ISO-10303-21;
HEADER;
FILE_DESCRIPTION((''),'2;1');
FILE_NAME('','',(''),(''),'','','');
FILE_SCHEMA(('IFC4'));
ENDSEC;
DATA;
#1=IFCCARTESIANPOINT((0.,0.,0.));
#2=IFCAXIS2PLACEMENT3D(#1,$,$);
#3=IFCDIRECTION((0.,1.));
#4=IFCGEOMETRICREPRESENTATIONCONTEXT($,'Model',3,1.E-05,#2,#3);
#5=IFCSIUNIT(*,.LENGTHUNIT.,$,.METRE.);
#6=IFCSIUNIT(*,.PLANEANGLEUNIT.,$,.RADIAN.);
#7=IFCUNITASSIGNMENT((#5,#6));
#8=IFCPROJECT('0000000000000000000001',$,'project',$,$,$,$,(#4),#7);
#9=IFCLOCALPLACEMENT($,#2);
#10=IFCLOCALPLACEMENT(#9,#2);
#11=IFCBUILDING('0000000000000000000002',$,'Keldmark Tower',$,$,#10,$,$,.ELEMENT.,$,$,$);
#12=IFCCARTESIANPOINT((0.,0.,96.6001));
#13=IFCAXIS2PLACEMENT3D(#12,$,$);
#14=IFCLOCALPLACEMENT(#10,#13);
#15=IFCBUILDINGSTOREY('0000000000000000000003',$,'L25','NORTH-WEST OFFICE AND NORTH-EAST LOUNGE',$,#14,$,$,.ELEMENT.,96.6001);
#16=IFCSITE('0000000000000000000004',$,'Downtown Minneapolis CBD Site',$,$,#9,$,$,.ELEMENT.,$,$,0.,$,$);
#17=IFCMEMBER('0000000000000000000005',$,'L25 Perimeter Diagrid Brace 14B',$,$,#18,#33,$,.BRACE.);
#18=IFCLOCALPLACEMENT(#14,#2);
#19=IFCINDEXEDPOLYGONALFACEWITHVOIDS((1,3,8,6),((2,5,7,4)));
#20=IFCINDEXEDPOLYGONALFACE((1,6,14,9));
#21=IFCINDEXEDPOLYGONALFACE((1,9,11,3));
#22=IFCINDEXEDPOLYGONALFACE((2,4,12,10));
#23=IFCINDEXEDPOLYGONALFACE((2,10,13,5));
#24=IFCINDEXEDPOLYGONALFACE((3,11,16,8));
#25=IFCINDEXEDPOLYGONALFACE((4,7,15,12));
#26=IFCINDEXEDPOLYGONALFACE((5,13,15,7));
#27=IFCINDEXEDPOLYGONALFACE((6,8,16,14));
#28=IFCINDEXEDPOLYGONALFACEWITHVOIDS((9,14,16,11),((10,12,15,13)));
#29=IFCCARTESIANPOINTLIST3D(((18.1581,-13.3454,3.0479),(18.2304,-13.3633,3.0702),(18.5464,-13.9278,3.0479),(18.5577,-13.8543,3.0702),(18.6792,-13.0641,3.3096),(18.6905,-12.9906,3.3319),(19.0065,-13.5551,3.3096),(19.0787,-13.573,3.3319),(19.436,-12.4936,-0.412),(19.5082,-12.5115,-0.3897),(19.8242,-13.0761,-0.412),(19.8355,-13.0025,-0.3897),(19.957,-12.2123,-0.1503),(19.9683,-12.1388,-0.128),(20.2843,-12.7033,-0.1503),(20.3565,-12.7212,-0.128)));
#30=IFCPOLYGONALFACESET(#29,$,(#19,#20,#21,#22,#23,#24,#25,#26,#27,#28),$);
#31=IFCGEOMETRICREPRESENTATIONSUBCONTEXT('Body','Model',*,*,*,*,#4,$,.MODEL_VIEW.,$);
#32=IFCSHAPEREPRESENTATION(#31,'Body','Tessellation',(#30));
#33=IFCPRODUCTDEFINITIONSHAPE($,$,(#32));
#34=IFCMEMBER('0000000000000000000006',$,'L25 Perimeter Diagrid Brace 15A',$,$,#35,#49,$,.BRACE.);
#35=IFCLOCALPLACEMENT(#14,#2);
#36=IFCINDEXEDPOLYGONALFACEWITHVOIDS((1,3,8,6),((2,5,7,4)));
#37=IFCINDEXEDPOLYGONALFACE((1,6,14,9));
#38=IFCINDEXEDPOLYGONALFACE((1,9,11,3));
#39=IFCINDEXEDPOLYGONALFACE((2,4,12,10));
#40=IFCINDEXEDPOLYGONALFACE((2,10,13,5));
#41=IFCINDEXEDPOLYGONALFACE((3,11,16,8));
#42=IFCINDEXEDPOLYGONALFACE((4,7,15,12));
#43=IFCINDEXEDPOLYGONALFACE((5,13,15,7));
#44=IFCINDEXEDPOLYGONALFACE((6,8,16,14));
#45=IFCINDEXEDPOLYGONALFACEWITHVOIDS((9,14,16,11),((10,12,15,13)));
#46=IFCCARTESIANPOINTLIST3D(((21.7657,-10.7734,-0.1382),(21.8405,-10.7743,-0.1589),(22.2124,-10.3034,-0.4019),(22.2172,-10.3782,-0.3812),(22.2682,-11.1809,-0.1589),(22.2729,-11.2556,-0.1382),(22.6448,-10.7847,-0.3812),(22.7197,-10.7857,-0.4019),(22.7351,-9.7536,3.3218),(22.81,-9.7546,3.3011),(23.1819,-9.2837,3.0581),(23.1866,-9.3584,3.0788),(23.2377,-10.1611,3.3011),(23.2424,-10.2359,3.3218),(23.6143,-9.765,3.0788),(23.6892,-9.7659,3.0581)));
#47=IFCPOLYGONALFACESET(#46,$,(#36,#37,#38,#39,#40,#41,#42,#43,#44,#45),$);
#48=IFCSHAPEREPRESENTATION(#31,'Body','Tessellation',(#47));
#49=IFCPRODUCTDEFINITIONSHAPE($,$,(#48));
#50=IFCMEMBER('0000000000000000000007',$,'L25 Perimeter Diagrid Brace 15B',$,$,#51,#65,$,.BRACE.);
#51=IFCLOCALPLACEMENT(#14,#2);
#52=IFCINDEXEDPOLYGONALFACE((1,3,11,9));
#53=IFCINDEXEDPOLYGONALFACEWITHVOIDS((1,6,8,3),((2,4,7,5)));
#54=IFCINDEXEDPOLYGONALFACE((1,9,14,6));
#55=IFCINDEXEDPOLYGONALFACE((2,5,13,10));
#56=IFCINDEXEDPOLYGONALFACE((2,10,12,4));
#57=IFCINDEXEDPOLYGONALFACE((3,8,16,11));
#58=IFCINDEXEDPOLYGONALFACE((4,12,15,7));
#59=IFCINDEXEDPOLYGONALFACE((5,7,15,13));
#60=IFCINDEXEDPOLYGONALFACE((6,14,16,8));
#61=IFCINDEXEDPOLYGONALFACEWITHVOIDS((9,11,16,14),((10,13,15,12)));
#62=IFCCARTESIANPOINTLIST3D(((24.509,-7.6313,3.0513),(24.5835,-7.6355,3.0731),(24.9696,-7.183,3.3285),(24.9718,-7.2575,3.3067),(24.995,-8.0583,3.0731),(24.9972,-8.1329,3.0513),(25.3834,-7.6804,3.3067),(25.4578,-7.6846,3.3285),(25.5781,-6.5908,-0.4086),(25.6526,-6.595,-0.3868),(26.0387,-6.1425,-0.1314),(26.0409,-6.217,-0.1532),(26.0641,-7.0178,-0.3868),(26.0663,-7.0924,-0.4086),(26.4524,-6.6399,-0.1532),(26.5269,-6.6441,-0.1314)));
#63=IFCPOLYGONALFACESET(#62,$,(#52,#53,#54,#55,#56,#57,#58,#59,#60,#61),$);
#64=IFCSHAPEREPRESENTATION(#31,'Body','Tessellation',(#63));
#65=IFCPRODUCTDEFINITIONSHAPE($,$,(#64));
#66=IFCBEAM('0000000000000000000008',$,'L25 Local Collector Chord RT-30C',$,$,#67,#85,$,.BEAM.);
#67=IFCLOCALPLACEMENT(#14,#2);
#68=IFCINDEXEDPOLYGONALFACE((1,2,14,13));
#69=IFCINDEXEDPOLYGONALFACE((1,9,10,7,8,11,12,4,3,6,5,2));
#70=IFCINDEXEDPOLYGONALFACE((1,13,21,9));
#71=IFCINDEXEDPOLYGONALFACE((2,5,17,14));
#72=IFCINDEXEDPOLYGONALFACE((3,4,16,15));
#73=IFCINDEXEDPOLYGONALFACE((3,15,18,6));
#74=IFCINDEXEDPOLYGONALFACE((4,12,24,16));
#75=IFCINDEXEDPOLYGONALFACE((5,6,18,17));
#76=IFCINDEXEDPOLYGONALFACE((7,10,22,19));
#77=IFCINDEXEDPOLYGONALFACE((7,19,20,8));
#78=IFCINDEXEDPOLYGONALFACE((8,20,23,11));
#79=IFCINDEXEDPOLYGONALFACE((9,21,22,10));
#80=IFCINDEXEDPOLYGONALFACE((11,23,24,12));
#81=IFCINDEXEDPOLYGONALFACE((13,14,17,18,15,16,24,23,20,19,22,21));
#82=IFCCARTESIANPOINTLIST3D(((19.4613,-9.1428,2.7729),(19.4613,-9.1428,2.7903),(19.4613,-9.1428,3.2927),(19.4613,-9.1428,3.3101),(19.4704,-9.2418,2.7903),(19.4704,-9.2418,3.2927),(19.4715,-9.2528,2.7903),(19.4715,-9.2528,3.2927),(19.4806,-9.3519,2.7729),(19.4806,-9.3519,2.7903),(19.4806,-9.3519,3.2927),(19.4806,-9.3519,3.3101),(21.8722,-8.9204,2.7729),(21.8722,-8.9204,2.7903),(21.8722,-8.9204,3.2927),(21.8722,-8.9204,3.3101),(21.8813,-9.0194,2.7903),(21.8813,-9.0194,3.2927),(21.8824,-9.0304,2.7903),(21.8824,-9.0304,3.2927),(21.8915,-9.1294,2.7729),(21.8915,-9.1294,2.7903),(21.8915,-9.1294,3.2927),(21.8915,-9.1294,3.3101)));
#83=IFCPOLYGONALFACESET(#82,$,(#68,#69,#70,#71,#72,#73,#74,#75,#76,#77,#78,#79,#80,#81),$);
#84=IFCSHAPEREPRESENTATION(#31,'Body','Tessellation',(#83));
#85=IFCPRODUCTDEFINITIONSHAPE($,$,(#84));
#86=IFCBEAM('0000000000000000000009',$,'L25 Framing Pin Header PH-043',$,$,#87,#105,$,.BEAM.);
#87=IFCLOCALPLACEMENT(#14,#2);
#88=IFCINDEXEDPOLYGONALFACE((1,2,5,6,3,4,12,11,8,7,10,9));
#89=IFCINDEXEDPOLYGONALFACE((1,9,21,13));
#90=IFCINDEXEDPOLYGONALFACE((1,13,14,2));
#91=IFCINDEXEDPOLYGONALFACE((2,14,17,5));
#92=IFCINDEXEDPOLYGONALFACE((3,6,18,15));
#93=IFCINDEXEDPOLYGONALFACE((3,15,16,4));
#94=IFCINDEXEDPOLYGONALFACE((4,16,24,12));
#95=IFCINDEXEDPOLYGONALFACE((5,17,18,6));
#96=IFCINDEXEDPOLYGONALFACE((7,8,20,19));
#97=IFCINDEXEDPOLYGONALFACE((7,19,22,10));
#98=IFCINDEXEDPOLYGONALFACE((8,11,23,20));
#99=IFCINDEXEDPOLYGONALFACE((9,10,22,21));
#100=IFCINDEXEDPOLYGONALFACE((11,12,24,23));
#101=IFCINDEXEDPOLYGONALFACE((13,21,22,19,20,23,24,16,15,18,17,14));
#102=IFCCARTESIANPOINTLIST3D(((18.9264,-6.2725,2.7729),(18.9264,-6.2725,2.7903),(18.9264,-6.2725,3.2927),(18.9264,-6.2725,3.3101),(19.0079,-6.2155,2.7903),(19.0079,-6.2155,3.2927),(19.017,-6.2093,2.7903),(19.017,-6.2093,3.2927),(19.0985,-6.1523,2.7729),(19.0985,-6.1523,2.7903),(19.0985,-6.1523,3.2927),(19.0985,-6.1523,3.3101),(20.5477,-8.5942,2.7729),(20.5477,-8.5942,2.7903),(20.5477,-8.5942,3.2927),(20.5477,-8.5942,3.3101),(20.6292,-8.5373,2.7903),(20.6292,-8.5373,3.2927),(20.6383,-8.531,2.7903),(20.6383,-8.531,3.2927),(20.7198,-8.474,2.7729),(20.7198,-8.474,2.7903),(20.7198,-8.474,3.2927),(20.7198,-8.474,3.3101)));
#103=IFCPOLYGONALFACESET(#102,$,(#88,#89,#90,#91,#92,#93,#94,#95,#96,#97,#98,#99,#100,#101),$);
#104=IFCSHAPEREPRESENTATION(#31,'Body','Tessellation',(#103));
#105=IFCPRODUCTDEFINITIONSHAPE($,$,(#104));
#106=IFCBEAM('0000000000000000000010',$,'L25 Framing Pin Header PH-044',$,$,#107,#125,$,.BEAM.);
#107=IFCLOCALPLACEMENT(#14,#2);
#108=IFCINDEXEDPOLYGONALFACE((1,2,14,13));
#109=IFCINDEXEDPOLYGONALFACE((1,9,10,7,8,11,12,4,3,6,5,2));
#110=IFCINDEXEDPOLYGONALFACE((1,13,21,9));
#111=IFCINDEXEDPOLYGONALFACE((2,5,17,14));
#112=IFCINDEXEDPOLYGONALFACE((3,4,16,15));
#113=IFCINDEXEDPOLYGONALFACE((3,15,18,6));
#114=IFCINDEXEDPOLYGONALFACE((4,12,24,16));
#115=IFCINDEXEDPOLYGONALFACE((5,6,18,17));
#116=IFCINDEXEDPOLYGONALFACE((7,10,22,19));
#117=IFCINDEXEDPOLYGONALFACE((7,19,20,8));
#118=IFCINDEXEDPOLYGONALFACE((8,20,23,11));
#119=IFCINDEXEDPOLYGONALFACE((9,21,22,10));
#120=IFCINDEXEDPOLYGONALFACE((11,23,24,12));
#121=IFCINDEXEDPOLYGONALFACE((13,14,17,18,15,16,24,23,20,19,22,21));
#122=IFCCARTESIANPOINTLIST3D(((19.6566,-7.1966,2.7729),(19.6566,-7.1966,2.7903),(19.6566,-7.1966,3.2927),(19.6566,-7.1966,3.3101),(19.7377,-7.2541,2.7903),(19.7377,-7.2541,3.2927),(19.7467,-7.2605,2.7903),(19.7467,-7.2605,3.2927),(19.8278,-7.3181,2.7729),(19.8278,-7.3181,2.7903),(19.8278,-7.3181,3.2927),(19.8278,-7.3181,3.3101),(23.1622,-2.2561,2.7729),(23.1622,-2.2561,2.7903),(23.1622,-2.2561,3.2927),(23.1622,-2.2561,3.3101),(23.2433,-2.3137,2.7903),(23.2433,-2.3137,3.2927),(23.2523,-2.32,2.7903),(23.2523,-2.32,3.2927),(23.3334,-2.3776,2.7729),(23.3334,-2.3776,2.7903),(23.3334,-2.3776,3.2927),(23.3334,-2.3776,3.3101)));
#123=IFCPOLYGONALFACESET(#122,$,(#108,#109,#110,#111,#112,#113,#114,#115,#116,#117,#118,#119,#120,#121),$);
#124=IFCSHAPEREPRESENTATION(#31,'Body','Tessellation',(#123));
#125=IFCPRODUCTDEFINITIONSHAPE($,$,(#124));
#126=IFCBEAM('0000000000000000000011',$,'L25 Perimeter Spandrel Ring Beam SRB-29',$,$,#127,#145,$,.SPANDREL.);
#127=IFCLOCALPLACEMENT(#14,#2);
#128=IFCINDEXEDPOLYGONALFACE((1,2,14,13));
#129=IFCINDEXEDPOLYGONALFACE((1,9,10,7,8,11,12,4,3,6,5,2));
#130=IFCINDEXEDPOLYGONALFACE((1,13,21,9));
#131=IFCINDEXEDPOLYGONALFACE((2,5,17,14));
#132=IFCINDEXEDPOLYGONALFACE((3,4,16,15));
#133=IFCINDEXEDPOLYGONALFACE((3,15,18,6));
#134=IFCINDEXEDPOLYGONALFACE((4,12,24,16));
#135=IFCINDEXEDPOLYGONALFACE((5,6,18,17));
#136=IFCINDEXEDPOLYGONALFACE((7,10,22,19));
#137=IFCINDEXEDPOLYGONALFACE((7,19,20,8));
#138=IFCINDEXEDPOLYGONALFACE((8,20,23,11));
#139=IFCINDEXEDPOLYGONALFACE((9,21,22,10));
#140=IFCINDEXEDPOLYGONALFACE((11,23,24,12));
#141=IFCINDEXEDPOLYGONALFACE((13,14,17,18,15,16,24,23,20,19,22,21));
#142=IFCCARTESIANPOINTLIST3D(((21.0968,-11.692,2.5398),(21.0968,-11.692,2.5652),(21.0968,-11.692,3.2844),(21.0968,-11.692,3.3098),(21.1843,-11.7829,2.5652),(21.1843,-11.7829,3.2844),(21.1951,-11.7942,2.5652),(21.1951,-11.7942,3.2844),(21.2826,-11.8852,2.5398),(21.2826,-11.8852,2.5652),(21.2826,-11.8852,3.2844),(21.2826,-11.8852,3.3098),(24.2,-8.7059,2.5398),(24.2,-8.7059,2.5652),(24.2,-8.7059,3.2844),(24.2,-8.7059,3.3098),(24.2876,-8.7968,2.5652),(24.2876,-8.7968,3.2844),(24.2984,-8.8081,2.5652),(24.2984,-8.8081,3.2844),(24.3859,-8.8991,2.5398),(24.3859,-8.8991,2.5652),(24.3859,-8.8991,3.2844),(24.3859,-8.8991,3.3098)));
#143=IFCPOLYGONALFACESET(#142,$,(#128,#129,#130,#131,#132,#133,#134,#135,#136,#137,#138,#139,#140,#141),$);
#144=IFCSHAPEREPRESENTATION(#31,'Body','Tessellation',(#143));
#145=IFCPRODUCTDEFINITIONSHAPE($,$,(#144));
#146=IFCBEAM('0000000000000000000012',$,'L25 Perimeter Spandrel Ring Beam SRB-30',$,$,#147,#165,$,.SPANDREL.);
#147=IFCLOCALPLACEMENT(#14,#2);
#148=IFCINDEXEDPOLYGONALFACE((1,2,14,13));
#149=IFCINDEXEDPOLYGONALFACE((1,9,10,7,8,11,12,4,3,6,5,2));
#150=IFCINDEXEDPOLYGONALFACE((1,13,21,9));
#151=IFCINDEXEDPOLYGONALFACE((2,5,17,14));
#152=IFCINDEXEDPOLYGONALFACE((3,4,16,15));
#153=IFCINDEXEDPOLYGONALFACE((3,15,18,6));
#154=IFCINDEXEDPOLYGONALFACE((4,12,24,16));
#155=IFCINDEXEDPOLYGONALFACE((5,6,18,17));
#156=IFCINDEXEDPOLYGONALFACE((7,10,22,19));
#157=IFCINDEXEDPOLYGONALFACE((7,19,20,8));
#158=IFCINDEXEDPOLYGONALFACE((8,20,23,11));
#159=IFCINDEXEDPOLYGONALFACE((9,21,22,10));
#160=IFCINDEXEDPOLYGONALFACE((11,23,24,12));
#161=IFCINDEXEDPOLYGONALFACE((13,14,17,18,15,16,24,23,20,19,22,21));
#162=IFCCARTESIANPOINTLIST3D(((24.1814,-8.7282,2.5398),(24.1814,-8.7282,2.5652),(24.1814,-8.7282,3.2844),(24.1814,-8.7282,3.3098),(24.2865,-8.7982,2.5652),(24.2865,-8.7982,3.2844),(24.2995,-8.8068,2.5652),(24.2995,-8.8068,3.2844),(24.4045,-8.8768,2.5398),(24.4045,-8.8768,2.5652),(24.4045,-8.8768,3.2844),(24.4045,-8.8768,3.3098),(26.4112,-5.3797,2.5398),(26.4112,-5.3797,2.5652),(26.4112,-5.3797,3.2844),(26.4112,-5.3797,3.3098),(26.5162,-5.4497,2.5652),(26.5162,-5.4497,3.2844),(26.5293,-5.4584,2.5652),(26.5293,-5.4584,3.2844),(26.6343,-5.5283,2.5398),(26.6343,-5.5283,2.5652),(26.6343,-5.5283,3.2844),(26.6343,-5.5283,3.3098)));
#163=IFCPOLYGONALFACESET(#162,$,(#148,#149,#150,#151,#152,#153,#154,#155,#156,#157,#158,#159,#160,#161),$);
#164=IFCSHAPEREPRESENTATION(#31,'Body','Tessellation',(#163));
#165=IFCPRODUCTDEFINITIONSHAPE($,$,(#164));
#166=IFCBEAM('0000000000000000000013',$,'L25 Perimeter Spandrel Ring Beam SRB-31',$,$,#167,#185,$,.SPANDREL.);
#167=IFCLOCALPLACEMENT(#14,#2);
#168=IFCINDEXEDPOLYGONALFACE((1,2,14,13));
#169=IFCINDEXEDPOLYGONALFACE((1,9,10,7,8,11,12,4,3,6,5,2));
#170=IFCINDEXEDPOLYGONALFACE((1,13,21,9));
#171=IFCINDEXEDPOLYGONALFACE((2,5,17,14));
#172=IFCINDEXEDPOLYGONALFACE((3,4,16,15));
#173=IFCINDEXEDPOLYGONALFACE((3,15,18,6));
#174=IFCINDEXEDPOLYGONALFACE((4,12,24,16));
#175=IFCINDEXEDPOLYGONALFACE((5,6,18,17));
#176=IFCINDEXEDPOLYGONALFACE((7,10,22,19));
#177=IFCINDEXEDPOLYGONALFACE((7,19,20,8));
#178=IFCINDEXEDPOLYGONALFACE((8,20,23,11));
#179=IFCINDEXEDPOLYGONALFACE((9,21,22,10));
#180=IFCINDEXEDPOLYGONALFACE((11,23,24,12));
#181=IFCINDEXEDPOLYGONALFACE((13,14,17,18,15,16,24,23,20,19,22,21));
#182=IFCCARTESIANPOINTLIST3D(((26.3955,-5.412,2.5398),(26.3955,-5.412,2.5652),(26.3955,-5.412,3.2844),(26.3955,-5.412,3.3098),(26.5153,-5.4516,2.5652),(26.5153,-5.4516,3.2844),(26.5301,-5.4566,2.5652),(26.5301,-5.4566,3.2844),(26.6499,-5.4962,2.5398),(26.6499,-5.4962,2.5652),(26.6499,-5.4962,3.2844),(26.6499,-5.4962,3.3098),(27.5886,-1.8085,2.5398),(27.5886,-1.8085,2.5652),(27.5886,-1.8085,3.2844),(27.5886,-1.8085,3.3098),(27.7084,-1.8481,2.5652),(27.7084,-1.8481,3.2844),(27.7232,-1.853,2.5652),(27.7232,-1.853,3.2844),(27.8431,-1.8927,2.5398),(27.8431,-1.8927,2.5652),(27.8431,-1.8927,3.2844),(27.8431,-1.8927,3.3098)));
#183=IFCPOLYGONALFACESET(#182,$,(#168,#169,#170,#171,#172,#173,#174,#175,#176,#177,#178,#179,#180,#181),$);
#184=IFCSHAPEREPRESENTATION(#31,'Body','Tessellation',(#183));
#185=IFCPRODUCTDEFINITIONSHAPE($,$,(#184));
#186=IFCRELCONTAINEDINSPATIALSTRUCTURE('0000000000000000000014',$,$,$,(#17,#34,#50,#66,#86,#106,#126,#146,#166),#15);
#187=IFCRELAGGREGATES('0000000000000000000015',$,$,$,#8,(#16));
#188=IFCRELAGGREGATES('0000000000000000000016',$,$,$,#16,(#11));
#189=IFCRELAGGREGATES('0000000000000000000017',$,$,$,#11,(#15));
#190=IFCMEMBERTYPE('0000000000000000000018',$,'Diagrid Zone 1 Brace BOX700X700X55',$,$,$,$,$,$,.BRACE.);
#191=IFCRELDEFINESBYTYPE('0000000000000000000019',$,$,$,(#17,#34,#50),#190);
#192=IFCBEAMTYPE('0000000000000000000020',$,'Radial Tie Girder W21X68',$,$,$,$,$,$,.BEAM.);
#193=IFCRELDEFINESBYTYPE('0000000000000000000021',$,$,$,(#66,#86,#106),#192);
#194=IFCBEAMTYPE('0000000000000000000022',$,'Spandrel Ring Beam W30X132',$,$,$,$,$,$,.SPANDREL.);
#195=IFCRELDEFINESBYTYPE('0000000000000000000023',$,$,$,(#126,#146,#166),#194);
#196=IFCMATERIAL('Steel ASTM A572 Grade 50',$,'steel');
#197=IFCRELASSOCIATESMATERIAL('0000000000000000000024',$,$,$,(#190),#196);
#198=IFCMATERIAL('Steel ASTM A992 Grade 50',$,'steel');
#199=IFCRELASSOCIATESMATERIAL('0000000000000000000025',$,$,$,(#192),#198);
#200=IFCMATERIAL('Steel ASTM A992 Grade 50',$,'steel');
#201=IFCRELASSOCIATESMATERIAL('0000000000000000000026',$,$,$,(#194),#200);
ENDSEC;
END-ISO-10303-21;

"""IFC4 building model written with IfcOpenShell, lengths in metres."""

from ifc_helpers import new_model, si_unit, direction, frame, origin, origin_2d, place, context, subcontext, project, spatial, hollow_rectangle, i_section, extrude, material, material_profile, profile_set, type_object, element, save


model = new_model("IFC4")

# Units and contexts
model_context = context("Model", 3, precision=1e-05, world=origin(), true_north=direction((0.0, 1.0)))
body_context = subcontext(model_context, "Body", "Model", "MODEL_VIEW")
ifc_project = project(units=[si_unit("LENGTHUNIT", "METRE"), si_unit("PLANEANGLEUNIT", "RADIAN")], contexts=[model_context])

# Site, building, storey
site_placement = place(None, origin())
site = spatial("IfcSite", under=ifc_project, at=site_placement, Name="Downtown Minneapolis CBD Site", CompositionType="ELEMENT", RefElevation=0.0)
building_placement = place(site_placement, origin())
building = spatial("IfcBuilding", under=site, at=building_placement, Name="Keldmark Tower", CompositionType="ELEMENT")
storey_placement = place(building_placement, frame((0.0, 0.0, 96.6001)))
storey = spatial("IfcBuildingStorey", under=building, at=storey_placement, Name="L25", Description="NORTH-WEST OFFICE AND NORTH-EAST LOUNGE", CompositionType="ELEMENT", Elevation=96.6001)

# Members
ifc_material_1 = material(Name="Steel ASTM A572 Grade 50", Category="steel")
ifc_material_profile_1 = material_profile(ifc_material_1, hollow_rectangle(XDim=0.7, YDim=0.7, WallThickness=0.0549, at=origin_2d()), Name="BOX700X700X55")
ifc_profile_set_1 = profile_set([ifc_material_profile_1], Name="Steel ASTM A572 Grade 50")
member_type = type_object("IfcMemberType", Name="Diagrid Zone 1 Brace BOX700X700X55", PredefinedType="BRACE", material=ifc_profile_set_1)
member_1_placement = place(storey_placement, frame((19.8962, -12.6074, -0.27), z_axis=(-0.337563, -0.22502, 0.914012), x_axis=(0.554664, -0.832075, 0.0)))
element("IfcMember", 1, at=member_1_placement, inside=storey, type_object=member_type, Name="L25 Perimeter Diagrid Brace 14B", PredefinedType="BRACE", context=body_context, shape_type="SweptSolid", body=[
    extrude(hollow_rectangle(XDim=0.7, YDim=0.7, WallThickness=0.0549, at=origin_2d()), origin(), (0.0, 0.0, 1.0), 3.7854),
])
member_2_placement = place(storey_placement, frame((22.2427, -10.7795, -0.27), z_axis=(0.259558, 0.273023, 0.92633), x_axis=(-0.724752, 0.689009, 0.0)))
element("IfcMember", 2, at=member_2_placement, inside=storey, type_object=member_type, Name="L25 Perimeter Diagrid Brace 15A", PredefinedType="BRACE", context=body_context, shape_type="SweptSolid", body=[
    extrude(hollow_rectangle(XDim=0.7, YDim=0.7, WallThickness=0.0549, at=origin_2d()), origin(), (0.0, 0.0, 1.0), 3.7351),
])
member_3_placement = place(storey_placement, frame((26.0525, -6.6174, -0.27), z_axis=(-0.283738, -0.276157, 0.918276), x_axis=(0.697469, -0.716615, 0.0)))
element("IfcMember", 3, at=member_3_placement, inside=storey, type_object=member_type, Name="L25 Perimeter Diagrid Brace 15B", PredefinedType="BRACE", context=body_context, shape_type="SweptSolid", body=[
    extrude(hollow_rectangle(XDim=0.7, YDim=0.7, WallThickness=0.0549, at=origin_2d()), origin(), (0.0, 0.0, 1.0), 3.7678),
])

# Beams
ifc_material_2 = material(Name="Steel ASTM A992 Grade 50", Category="steel")
ifc_material_profile_2 = material_profile(ifc_material_2, i_section(OverallWidth=0.21, OverallDepth=0.5371, WebThickness=0.011, FlangeThickness=0.0173, at=origin_2d()), Name="W21X68")
ifc_profile_set_2 = profile_set([ifc_material_profile_2], Name="Steel ASTM A992 Grade 50")
beam_type_1 = type_object("IfcBeamType", Name="Radial Tie Girder W21X68", PredefinedType="BEAM", material=ifc_profile_set_2)
beam_1_placement = place(storey_placement, frame((19.4709, -9.2473, 3.0415), z_axis=(0.995772, 0.091863, 0.0), x_axis=(-0.091863, 0.995772, 0.0)))
element("IfcBeam", 4, at=beam_1_placement, inside=storey, type_object=beam_type_1, Name="L25 Local Collector Chord RT-30C", PredefinedType="BEAM", context=body_context, shape_type="SweptSolid", body=[
    extrude(i_section(OverallWidth=0.21, OverallDepth=0.5371, WebThickness=0.011, FlangeThickness=0.0173, at=origin_2d()), origin(), (0.0, 0.0, 1.0), 2.4211),
])
beam_2_placement = place(storey_placement, frame((19.0125, -6.2124, 3.0415), z_axis=(0.572536, -0.819879, 0.0), x_axis=(0.819879, 0.572536, 0.0)))
element("IfcBeam", 5, at=beam_2_placement, inside=storey, type_object=beam_type_1, Name="L25 Framing Pin Header PH-043", PredefinedType="BEAM", context=body_context, shape_type="SweptSolid", body=[
    extrude(i_section(OverallWidth=0.21, OverallDepth=0.5371, WebThickness=0.011, FlangeThickness=0.0173, at=origin_2d()), origin(), (0.0, 0.0, 1.0), 2.8318),
])
beam_3_placement = place(storey_placement, frame((19.7422, -7.2573, 3.0415), z_axis=(0.578693, 0.815546, 0.0), x_axis=(-0.815546, 0.578693, 0.0)))
element("IfcBeam", 6, at=beam_3_placement, inside=storey, type_object=beam_type_1, Name="L25 Framing Pin Header PH-044", PredefinedType="BEAM", context=body_context, shape_type="SweptSolid", body=[
    extrude(i_section(OverallWidth=0.21, OverallDepth=0.5371, WebThickness=0.011, FlangeThickness=0.0173, at=origin_2d()), origin(), (0.0, 0.0, 1.0), 6.0579),
])
ifc_material_3 = material(Name="Steel ASTM A992 Grade 50", Category="steel")
ifc_material_profile_3 = material_profile(ifc_material_3, i_section(OverallWidth=0.2681, OverallDepth=0.77, WebThickness=0.0156, FlangeThickness=0.0254, at=origin_2d()), Name="W30X132")
ifc_profile_set_3 = profile_set([ifc_material_profile_3], Name="Steel ASTM A992 Grade 50")
beam_type_2 = type_object("IfcBeamType", Name="Spandrel Ring Beam W30X132", PredefinedType="SPANDREL", material=ifc_profile_set_3)
beam_4_placement = place(storey_placement, frame((21.1897, -11.7886, 2.9248), z_axis=(0.720581, 0.69337, 0.0), x_axis=(-0.69337, 0.720581, 0.0)))
element("IfcBeam", 7, at=beam_4_placement, inside=storey, type_object=beam_type_2, Name="L25 Perimeter Spandrel Ring Beam SRB-29", PredefinedType="SPANDREL", context=body_context, shape_type="SweptSolid", body=[
    extrude(i_section(OverallWidth=0.2681, OverallDepth=0.77, WebThickness=0.0156, FlangeThickness=0.0254, at=origin_2d()), origin(), (0.0, 0.0, 1.0), 4.3066),
])
beam_5_placement = place(storey_placement, frame((24.293, -8.8025, 2.9248), z_axis=(0.554266, 0.83234, 0.0), x_axis=(-0.83234, 0.554266, 0.0)))
element("IfcBeam", 8, at=beam_5_placement, inside=storey, type_object=beam_type_2, Name="L25 Perimeter Spandrel Ring Beam SRB-30", PredefinedType="SPANDREL", context=body_context, shape_type="SweptSolid", body=[
    extrude(i_section(OverallWidth=0.2681, OverallDepth=0.77, WebThickness=0.0156, FlangeThickness=0.0254, at=origin_2d()), origin(), (0.0, 0.0, 1.0), 4.0229),
])
beam_6_placement = place(storey_placement, frame((26.5227, -5.4541, 2.9248), z_axis=(0.314317, 0.949318, 0.0), x_axis=(-0.949318, 0.314317, 0.0)))
element("IfcBeam", 9, at=beam_6_placement, inside=storey, type_object=beam_type_2, Name="L25 Perimeter Spandrel Ring Beam SRB-31", PredefinedType="SPANDREL", context=body_context, shape_type="SweptSolid", body=[
    extrude(i_section(OverallWidth=0.2681, OverallDepth=0.77, WebThickness=0.0156, FlangeThickness=0.0254, at=origin_2d()), origin(), (0.0, 0.0, 1.0), 3.7959),
])

save(model, "model.ifc")
